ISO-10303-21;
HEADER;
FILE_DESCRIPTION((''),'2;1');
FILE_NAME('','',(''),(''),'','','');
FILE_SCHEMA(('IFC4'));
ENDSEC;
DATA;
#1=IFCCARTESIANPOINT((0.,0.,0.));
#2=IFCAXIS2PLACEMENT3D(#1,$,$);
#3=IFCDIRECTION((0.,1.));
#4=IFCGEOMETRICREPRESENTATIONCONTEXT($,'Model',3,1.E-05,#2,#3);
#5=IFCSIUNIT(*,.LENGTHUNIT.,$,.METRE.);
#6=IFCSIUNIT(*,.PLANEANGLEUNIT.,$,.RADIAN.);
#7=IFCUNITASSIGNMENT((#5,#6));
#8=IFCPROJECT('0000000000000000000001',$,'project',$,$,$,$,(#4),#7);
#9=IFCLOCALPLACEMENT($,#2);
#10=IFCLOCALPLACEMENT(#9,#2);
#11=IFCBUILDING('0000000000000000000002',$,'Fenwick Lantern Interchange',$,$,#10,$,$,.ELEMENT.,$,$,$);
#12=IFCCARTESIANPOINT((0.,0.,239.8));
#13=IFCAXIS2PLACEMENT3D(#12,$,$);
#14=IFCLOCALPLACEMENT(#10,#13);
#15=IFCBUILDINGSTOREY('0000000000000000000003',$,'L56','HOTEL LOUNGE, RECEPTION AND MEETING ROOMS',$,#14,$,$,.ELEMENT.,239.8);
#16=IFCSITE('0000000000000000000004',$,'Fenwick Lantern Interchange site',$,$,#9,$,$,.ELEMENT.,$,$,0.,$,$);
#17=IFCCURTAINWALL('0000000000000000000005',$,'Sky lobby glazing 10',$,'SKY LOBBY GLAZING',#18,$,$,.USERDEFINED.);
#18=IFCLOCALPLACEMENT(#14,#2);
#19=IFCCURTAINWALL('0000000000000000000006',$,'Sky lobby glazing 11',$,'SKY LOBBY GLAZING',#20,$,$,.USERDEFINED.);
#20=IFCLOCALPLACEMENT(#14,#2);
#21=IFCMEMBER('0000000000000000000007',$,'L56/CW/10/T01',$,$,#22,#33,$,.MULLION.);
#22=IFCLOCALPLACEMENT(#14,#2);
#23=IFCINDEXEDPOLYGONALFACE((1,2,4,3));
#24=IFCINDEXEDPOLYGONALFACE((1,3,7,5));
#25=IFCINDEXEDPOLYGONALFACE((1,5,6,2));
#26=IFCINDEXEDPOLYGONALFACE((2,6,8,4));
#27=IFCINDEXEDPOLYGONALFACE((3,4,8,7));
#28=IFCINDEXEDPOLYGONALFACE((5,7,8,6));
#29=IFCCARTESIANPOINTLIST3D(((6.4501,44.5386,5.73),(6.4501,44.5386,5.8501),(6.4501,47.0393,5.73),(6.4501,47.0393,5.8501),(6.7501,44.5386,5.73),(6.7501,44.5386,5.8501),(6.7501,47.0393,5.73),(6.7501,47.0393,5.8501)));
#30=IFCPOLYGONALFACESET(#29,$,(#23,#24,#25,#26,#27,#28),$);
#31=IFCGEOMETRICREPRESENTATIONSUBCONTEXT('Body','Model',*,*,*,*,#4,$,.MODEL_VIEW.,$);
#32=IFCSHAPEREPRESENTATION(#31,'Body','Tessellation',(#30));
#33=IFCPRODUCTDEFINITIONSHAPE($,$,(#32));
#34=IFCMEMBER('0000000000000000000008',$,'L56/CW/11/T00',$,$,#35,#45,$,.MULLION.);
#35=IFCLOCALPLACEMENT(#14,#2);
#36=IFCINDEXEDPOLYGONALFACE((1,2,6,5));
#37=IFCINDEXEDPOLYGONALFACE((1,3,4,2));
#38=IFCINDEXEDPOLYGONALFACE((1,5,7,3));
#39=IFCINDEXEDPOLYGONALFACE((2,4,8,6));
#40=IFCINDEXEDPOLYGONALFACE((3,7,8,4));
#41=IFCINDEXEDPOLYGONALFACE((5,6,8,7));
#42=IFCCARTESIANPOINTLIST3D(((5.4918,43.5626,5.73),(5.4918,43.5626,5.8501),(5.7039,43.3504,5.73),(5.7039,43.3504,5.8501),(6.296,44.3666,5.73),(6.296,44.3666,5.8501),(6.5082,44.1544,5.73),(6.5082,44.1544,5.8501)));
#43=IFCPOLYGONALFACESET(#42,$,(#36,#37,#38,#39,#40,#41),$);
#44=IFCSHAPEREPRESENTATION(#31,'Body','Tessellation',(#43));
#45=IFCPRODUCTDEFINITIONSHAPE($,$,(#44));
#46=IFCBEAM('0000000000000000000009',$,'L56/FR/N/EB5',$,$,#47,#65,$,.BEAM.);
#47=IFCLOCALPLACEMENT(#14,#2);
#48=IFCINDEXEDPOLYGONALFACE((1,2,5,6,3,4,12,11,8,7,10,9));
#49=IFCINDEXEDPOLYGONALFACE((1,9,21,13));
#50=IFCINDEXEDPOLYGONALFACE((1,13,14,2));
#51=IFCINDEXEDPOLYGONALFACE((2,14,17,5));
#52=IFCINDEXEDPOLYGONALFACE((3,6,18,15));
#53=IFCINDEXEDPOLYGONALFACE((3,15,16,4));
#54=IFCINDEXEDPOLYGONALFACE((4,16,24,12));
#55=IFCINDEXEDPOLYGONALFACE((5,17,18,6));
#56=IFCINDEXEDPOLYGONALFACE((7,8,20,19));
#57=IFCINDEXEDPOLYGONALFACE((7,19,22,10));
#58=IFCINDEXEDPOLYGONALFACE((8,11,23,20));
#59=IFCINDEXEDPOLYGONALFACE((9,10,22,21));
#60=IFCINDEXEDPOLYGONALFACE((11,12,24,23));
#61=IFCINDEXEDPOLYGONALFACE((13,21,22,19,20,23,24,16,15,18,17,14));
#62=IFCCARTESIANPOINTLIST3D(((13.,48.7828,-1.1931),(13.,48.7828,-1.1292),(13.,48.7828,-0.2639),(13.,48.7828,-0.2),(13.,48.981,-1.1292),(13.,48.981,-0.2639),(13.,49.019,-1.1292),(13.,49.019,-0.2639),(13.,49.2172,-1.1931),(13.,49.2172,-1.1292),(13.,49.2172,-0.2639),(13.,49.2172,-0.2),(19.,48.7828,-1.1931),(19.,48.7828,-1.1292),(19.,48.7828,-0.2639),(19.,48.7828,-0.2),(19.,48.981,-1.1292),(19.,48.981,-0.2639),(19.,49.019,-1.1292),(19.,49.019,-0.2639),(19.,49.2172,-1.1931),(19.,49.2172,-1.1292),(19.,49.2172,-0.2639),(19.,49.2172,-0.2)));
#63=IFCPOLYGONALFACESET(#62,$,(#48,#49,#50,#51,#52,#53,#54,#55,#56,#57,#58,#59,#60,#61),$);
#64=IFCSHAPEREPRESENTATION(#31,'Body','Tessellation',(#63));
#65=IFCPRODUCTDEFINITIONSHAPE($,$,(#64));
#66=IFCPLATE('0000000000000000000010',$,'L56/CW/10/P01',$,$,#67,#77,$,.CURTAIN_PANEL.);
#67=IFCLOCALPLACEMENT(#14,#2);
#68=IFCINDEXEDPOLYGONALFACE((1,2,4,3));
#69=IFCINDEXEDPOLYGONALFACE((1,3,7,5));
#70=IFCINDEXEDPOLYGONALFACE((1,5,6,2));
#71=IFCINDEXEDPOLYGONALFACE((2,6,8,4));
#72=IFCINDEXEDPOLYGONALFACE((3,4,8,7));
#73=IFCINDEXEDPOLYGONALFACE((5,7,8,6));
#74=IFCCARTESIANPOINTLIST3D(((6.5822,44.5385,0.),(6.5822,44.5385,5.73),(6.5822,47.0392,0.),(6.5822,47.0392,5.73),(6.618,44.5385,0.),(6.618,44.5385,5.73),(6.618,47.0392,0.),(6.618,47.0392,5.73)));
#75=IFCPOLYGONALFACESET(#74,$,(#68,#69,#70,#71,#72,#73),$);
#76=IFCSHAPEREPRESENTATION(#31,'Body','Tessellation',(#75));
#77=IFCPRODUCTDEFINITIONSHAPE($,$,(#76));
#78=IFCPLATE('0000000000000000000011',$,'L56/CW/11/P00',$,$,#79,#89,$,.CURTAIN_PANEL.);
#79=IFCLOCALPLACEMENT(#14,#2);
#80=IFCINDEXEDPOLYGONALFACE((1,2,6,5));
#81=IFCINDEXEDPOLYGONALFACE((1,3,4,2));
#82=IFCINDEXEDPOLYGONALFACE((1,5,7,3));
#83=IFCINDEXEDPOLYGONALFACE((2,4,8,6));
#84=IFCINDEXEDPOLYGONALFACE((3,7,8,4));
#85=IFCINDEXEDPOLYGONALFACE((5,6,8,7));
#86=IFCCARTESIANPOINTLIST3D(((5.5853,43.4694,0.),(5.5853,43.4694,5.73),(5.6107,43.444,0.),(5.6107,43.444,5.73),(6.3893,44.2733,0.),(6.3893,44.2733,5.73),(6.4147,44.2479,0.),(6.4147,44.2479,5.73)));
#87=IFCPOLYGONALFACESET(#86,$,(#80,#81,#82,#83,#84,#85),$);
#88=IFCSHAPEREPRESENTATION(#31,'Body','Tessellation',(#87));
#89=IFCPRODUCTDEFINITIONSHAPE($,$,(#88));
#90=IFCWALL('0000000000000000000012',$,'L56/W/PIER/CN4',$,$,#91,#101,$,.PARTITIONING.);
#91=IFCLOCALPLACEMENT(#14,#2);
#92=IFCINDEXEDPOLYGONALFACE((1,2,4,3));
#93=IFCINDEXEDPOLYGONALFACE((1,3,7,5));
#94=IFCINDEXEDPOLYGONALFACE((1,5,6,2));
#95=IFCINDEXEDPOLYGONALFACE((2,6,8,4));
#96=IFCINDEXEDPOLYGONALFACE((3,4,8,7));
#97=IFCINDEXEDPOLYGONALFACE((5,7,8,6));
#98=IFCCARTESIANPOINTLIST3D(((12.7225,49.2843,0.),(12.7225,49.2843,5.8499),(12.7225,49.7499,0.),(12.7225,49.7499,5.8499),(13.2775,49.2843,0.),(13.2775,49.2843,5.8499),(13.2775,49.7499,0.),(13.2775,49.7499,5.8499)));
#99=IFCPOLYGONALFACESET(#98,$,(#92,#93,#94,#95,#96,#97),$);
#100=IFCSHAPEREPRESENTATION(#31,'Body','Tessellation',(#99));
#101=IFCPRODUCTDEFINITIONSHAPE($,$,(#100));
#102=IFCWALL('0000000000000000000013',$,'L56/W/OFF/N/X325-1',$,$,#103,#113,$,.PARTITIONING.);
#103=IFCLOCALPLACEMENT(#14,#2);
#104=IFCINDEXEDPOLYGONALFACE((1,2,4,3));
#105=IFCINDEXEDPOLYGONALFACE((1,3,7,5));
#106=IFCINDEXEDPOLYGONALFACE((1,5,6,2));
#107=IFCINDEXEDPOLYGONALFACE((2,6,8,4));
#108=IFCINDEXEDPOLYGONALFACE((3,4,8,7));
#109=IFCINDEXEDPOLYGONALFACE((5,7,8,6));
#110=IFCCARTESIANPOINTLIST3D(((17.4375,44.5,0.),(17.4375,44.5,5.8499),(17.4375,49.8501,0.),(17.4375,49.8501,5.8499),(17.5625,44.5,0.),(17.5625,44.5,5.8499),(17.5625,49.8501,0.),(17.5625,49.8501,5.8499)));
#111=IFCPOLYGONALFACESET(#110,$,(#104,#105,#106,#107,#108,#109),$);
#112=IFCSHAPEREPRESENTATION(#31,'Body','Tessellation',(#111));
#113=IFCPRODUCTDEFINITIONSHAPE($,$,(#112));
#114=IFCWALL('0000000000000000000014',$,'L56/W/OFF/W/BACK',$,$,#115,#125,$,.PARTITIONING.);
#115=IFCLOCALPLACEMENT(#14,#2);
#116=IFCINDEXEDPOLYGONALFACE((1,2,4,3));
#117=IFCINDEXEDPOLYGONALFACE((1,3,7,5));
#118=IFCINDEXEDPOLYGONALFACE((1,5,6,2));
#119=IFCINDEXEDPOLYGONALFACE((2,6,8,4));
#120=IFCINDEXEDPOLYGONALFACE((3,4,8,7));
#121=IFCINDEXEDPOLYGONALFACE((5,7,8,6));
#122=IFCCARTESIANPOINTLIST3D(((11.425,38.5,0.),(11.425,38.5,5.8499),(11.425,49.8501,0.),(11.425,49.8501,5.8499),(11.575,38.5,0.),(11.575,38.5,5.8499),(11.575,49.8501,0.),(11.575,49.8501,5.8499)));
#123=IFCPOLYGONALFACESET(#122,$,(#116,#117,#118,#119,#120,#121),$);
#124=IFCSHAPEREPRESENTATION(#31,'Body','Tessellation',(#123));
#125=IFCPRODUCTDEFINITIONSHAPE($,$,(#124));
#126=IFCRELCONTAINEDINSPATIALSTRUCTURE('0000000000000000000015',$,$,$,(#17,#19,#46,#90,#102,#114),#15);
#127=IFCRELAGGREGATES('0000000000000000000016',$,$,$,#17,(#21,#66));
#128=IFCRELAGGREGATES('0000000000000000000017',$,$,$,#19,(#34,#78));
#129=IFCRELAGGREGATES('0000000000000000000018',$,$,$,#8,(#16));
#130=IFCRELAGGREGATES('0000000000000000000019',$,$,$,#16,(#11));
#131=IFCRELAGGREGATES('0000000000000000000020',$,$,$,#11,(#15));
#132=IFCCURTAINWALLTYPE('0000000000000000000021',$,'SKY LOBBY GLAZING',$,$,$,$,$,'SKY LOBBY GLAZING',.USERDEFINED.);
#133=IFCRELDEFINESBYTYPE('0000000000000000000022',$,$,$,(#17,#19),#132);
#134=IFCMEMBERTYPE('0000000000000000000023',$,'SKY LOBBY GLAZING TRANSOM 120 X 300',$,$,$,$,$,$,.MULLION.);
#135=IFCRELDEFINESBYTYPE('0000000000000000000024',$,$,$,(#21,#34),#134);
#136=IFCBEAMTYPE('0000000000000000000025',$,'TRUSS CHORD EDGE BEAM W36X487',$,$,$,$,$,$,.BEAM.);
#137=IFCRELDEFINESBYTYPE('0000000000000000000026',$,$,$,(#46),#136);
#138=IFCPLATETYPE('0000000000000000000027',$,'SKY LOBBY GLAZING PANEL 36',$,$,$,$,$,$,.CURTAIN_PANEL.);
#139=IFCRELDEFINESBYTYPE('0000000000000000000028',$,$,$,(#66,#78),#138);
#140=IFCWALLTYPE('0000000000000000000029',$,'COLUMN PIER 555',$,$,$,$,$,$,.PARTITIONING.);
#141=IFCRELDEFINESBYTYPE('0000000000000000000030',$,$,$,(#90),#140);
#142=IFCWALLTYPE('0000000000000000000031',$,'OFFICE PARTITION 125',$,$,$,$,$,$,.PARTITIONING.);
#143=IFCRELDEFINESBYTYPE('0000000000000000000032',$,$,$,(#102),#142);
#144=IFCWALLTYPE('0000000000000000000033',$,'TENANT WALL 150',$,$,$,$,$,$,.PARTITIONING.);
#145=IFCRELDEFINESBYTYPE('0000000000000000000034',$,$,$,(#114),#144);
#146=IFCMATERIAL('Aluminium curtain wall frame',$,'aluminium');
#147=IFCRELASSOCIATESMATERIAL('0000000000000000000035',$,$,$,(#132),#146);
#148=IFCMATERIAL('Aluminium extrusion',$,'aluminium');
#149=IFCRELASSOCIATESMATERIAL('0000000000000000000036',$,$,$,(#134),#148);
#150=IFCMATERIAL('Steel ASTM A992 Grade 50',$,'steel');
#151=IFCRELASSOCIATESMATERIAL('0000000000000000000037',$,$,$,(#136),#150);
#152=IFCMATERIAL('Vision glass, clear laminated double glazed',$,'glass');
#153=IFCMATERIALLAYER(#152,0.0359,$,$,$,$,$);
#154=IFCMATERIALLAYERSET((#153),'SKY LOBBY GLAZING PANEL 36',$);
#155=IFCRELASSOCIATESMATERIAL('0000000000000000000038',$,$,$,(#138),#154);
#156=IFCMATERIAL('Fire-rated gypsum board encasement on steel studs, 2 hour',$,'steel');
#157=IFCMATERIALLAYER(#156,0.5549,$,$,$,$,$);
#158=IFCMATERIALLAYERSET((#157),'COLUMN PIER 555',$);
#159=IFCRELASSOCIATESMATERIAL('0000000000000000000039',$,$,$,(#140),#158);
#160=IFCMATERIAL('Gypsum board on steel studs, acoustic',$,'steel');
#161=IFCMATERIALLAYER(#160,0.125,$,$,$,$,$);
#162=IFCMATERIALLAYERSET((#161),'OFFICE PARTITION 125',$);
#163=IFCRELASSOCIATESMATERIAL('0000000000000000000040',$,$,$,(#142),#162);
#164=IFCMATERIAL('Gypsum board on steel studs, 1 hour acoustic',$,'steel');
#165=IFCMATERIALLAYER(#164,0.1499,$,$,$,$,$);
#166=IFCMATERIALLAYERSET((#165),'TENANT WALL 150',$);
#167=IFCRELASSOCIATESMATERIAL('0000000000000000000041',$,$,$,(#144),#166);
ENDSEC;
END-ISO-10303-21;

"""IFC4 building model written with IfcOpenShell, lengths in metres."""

from ifc_helpers import new_model, si_unit, direction, frame, frame_2d, origin, origin_2d, place, context, subcontext, project, spatial, rectangle, i_section, extrude, material, layer, layer_set, material_profile, profile_set, type_object, element, aggregate, save


model = new_model("IFC4")

# Units and contexts
model_context = context("Model", 3, precision=1e-05, world=origin(), true_north=direction((0.0, 1.0)))
body_context = subcontext(model_context, "Body", "Model", "MODEL_VIEW")
ifc_project = project(units=[si_unit("LENGTHUNIT", "METRE"), si_unit("PLANEANGLEUNIT", "RADIAN")], contexts=[model_context])

# Site, building, storey
site_placement = place(None, origin())
site = spatial("IfcSite", under=ifc_project, at=site_placement, Name="Fenwick Lantern Interchange site", CompositionType="ELEMENT", RefElevation=0.0)
building_placement = place(site_placement, origin())
building = spatial("IfcBuilding", under=site, at=building_placement, Name="Fenwick Lantern Interchange", CompositionType="ELEMENT")
storey_placement = place(building_placement, frame((0.0, 0.0, 239.8)))
storey = spatial("IfcBuildingStorey", under=building, at=storey_placement, Name="L56", Description="HOTEL LOUNGE, RECEPTION AND MEETING ROOMS", CompositionType="ELEMENT", Elevation=239.8)

# Shared definitions
ifc_material_1 = material(Name="Steel ASTM A992 Grade 50", Category="steel")

# Curtain walls
ifc_material_2 = material(Name="Aluminium curtain wall frame", Category="aluminium")
curtain_wall_type = type_object("IfcCurtainWallType", Name="SKY LOBBY GLAZING", ElementType="SKY LOBBY GLAZING", PredefinedType="USERDEFINED", material=ifc_material_2)
ifc_material_3 = material(Name="Aluminium extrusion", Category="aluminium")
curtain_wall_1_placement = place(storey_placement, origin())
curtain_wall_1 = element("IfcCurtainWall", 1, at=curtain_wall_1_placement, inside=storey, type_object=curtain_wall_type, Name="Sky lobby glazing 10", ObjectType="SKY LOBBY GLAZING", PredefinedType="USERDEFINED")
curtain_wall_2_placement = place(storey_placement, origin())
curtain_wall_2 = element("IfcCurtainWall", 2, at=curtain_wall_2_placement, inside=storey, type_object=curtain_wall_type, Name="Sky lobby glazing 11", ObjectType="SKY LOBBY GLAZING", PredefinedType="USERDEFINED")

# Members
ifc_material_profile_1 = material_profile(ifc_material_3, rectangle(XDim=0.3, YDim=0.1201, at=origin_2d()), Name="SKY LOBBY GLAZING TRANSOM 120 X 300")
ifc_profile_set_1 = profile_set([ifc_material_profile_1], Name="Aluminium extrusion")
member_type_1 = type_object("IfcMemberType", Name="SKY LOBBY GLAZING TRANSOM 120 X 300", PredefinedType="MULLION", material=ifc_profile_set_1)
member_1_placement = place(storey_placement, frame((6.6001, 47.0393, 5.79), z_axis=(0.0, -1.0, 0.0), x_axis=(1.0, 0.0, 0.0)))
member_1 = element("IfcMember", 3, at=member_1_placement, type_object=member_type_1, Name="L56/CW/10/T01", PredefinedType="MULLION", context=body_context, shape_type="SweptSolid", body=[
    extrude(rectangle(XDim=0.3, YDim=0.1201, at=origin_2d()), origin(), (0.0, 0.0, 1.0), 2.5007),
])
member_2_placement = place(storey_placement, frame((6.4021, 44.2605, 5.79), z_axis=(-0.707214, -0.706999, 0.0), x_axis=(0.706999, -0.707214, 0.0)))
member_2 = element("IfcMember", 4, at=member_2_placement, type_object=member_type_1, Name="L56/CW/11/T00", PredefinedType="MULLION", context=body_context, shape_type="SweptSolid", body=[
    extrude(rectangle(XDim=0.3, YDim=0.1201, at=origin_2d()), origin(), (0.0, 0.0, 1.0), 1.1372),
])

# Beam
ifc_material_profile_2 = material_profile(ifc_material_1, i_section(OverallWidth=0.4343, OverallDepth=0.9932, WebThickness=0.0381, FlangeThickness=0.064, at=origin_2d()), Name="W36X487")
ifc_profile_set_2 = profile_set([ifc_material_profile_2], Name="Steel ASTM A992 Grade 50")
beam_type_1 = type_object("IfcBeamType", Name="TRUSS CHORD EDGE BEAM W36X487", PredefinedType="BEAM", material=ifc_profile_set_2)
beam_1_placement = place(storey_placement, frame((19.0, 49.0, -0.6965), z_axis=(-1.0, 0.0, 0.0), x_axis=(0.0, -1.0, 0.0)))
element("IfcBeam", 5, at=beam_1_placement, inside=storey, type_object=beam_type_1, Name="L56/FR/N/EB5", PredefinedType="BEAM", context=body_context, shape_type="SweptSolid", body=[
    extrude(i_section(OverallWidth=0.4343, OverallDepth=0.9932, WebThickness=0.0381, FlangeThickness=0.064, at=origin_2d()), origin(), (0.0, 0.0, 1.0), 6.0),
])

# Plates
ifc_material_4 = material(Name="Vision glass, clear laminated double glazed", Category="glass")
ifc_layer_1 = layer(ifc_material_4, 0.0359)
ifc_layer_set_1 = layer_set([ifc_layer_1], Name="SKY LOBBY GLAZING PANEL 36")
plate_type = type_object("IfcPlateType", Name="SKY LOBBY GLAZING PANEL 36", PredefinedType="CURTAIN_PANEL", material=ifc_layer_set_1)
plate_1_placement = place(storey_placement, frame((6.6001, 45.7888, 0.0), z_axis=(0.0, 0.0, 1.0), x_axis=(0.0, -1.0, 0.0)))
plate_1 = element("IfcPlate", 6, at=plate_1_placement, type_object=plate_type, Name="L56/CW/10/P01", PredefinedType="CURTAIN_PANEL", context=body_context, shape_type="SweptSolid", body=[
    extrude(rectangle(XDim=2.5007, YDim=0.0359, at=origin_2d()), origin(), (0.0, 0.0, 1.0), 5.73),
])
aggregate(curtain_wall_1, [member_1, plate_1])
plate_2_placement = place(storey_placement, frame((6.0, 43.8586, 0.0), z_axis=(0.0, 0.0, 1.0), x_axis=(-0.707107, -0.707107, 0.0)))
plate_2 = element("IfcPlate", 7, at=plate_2_placement, type_object=plate_type, Name="L56/CW/11/P00", PredefinedType="CURTAIN_PANEL", context=body_context, shape_type="SweptSolid", body=[
    extrude(rectangle(XDim=1.137, YDim=0.0359, at=origin_2d()), origin(), (0.0, 0.0, 1.0), 5.73),
])
aggregate(curtain_wall_2, [member_2, plate_2])

# Walls
ifc_material_5 = material(Name="Fire-rated gypsum board encasement on steel studs, 2 hour", Category="steel")
ifc_layer_2 = layer(ifc_material_5, 0.5549)
ifc_layer_set_2 = layer_set([ifc_layer_2], Name="COLUMN PIER 555")
wall_type_1 = type_object("IfcWallType", Name="COLUMN PIER 555", PredefinedType="PARTITIONING", material=ifc_layer_set_2)
wall_1_placement = place(storey_placement, frame((13.0, 49.75, 0.0), z_axis=(0.0, 0.0, 1.0), x_axis=(0.0, -1.0, 0.0)))
element("IfcWall", 8, at=wall_1_placement, inside=storey, type_object=wall_type_1, Name="L56/W/PIER/CN4", PredefinedType="PARTITIONING", context=body_context, shape_type="SweptSolid", body=[
    extrude(rectangle(XDim=0.4656, YDim=0.5549, at=frame_2d((0.2329, 0.0))), origin(), (0.0, 0.0, 1.0), 5.8499),
])
ifc_material_6 = material(Name="Gypsum board on steel studs, acoustic", Category="steel")
ifc_layer_3 = layer(ifc_material_6, 0.125)
ifc_layer_set_3 = layer_set([ifc_layer_3], Name="OFFICE PARTITION 125")
wall_type_2 = type_object("IfcWallType", Name="OFFICE PARTITION 125", PredefinedType="PARTITIONING", material=ifc_layer_set_3)
wall_2_placement = place(storey_placement, frame((17.5, 49.8501, 0.0), z_axis=(0.0, 0.0, 1.0), x_axis=(0.0, -1.0, 0.0)))
element("IfcWall", 9, at=wall_2_placement, inside=storey, type_object=wall_type_2, Name="L56/W/OFF/N/X325-1", PredefinedType="PARTITIONING", context=body_context, shape_type="SweptSolid", body=[
    extrude(rectangle(XDim=5.3501, YDim=0.125, at=frame_2d((2.675, 0.0))), origin(), (0.0, 0.0, 1.0), 5.8499),
])
ifc_material_7 = material(Name="Gypsum board on steel studs, 1 hour acoustic", Category="steel")
ifc_layer_4 = layer(ifc_material_7, 0.1499)
ifc_layer_set_4 = layer_set([ifc_layer_4], Name="TENANT WALL 150")
wall_type_3 = type_object("IfcWallType", Name="TENANT WALL 150", PredefinedType="PARTITIONING", material=ifc_layer_set_4)
wall_3_placement = place(storey_placement, frame((11.5, 49.8501, 0.0), z_axis=(0.0, 0.0, 1.0), x_axis=(0.0, -1.0, 0.0)))
element("IfcWall", 10, at=wall_3_placement, inside=storey, type_object=wall_type_3, Name="L56/W/OFF/W/BACK", PredefinedType="PARTITIONING", context=body_context, shape_type="SweptSolid", body=[
    extrude(rectangle(XDim=11.3501, YDim=0.1499, at=frame_2d((5.675, 0.0))), origin(), (0.0, 0.0, 1.0), 5.8499),
])

save(model, "model.ifc")
